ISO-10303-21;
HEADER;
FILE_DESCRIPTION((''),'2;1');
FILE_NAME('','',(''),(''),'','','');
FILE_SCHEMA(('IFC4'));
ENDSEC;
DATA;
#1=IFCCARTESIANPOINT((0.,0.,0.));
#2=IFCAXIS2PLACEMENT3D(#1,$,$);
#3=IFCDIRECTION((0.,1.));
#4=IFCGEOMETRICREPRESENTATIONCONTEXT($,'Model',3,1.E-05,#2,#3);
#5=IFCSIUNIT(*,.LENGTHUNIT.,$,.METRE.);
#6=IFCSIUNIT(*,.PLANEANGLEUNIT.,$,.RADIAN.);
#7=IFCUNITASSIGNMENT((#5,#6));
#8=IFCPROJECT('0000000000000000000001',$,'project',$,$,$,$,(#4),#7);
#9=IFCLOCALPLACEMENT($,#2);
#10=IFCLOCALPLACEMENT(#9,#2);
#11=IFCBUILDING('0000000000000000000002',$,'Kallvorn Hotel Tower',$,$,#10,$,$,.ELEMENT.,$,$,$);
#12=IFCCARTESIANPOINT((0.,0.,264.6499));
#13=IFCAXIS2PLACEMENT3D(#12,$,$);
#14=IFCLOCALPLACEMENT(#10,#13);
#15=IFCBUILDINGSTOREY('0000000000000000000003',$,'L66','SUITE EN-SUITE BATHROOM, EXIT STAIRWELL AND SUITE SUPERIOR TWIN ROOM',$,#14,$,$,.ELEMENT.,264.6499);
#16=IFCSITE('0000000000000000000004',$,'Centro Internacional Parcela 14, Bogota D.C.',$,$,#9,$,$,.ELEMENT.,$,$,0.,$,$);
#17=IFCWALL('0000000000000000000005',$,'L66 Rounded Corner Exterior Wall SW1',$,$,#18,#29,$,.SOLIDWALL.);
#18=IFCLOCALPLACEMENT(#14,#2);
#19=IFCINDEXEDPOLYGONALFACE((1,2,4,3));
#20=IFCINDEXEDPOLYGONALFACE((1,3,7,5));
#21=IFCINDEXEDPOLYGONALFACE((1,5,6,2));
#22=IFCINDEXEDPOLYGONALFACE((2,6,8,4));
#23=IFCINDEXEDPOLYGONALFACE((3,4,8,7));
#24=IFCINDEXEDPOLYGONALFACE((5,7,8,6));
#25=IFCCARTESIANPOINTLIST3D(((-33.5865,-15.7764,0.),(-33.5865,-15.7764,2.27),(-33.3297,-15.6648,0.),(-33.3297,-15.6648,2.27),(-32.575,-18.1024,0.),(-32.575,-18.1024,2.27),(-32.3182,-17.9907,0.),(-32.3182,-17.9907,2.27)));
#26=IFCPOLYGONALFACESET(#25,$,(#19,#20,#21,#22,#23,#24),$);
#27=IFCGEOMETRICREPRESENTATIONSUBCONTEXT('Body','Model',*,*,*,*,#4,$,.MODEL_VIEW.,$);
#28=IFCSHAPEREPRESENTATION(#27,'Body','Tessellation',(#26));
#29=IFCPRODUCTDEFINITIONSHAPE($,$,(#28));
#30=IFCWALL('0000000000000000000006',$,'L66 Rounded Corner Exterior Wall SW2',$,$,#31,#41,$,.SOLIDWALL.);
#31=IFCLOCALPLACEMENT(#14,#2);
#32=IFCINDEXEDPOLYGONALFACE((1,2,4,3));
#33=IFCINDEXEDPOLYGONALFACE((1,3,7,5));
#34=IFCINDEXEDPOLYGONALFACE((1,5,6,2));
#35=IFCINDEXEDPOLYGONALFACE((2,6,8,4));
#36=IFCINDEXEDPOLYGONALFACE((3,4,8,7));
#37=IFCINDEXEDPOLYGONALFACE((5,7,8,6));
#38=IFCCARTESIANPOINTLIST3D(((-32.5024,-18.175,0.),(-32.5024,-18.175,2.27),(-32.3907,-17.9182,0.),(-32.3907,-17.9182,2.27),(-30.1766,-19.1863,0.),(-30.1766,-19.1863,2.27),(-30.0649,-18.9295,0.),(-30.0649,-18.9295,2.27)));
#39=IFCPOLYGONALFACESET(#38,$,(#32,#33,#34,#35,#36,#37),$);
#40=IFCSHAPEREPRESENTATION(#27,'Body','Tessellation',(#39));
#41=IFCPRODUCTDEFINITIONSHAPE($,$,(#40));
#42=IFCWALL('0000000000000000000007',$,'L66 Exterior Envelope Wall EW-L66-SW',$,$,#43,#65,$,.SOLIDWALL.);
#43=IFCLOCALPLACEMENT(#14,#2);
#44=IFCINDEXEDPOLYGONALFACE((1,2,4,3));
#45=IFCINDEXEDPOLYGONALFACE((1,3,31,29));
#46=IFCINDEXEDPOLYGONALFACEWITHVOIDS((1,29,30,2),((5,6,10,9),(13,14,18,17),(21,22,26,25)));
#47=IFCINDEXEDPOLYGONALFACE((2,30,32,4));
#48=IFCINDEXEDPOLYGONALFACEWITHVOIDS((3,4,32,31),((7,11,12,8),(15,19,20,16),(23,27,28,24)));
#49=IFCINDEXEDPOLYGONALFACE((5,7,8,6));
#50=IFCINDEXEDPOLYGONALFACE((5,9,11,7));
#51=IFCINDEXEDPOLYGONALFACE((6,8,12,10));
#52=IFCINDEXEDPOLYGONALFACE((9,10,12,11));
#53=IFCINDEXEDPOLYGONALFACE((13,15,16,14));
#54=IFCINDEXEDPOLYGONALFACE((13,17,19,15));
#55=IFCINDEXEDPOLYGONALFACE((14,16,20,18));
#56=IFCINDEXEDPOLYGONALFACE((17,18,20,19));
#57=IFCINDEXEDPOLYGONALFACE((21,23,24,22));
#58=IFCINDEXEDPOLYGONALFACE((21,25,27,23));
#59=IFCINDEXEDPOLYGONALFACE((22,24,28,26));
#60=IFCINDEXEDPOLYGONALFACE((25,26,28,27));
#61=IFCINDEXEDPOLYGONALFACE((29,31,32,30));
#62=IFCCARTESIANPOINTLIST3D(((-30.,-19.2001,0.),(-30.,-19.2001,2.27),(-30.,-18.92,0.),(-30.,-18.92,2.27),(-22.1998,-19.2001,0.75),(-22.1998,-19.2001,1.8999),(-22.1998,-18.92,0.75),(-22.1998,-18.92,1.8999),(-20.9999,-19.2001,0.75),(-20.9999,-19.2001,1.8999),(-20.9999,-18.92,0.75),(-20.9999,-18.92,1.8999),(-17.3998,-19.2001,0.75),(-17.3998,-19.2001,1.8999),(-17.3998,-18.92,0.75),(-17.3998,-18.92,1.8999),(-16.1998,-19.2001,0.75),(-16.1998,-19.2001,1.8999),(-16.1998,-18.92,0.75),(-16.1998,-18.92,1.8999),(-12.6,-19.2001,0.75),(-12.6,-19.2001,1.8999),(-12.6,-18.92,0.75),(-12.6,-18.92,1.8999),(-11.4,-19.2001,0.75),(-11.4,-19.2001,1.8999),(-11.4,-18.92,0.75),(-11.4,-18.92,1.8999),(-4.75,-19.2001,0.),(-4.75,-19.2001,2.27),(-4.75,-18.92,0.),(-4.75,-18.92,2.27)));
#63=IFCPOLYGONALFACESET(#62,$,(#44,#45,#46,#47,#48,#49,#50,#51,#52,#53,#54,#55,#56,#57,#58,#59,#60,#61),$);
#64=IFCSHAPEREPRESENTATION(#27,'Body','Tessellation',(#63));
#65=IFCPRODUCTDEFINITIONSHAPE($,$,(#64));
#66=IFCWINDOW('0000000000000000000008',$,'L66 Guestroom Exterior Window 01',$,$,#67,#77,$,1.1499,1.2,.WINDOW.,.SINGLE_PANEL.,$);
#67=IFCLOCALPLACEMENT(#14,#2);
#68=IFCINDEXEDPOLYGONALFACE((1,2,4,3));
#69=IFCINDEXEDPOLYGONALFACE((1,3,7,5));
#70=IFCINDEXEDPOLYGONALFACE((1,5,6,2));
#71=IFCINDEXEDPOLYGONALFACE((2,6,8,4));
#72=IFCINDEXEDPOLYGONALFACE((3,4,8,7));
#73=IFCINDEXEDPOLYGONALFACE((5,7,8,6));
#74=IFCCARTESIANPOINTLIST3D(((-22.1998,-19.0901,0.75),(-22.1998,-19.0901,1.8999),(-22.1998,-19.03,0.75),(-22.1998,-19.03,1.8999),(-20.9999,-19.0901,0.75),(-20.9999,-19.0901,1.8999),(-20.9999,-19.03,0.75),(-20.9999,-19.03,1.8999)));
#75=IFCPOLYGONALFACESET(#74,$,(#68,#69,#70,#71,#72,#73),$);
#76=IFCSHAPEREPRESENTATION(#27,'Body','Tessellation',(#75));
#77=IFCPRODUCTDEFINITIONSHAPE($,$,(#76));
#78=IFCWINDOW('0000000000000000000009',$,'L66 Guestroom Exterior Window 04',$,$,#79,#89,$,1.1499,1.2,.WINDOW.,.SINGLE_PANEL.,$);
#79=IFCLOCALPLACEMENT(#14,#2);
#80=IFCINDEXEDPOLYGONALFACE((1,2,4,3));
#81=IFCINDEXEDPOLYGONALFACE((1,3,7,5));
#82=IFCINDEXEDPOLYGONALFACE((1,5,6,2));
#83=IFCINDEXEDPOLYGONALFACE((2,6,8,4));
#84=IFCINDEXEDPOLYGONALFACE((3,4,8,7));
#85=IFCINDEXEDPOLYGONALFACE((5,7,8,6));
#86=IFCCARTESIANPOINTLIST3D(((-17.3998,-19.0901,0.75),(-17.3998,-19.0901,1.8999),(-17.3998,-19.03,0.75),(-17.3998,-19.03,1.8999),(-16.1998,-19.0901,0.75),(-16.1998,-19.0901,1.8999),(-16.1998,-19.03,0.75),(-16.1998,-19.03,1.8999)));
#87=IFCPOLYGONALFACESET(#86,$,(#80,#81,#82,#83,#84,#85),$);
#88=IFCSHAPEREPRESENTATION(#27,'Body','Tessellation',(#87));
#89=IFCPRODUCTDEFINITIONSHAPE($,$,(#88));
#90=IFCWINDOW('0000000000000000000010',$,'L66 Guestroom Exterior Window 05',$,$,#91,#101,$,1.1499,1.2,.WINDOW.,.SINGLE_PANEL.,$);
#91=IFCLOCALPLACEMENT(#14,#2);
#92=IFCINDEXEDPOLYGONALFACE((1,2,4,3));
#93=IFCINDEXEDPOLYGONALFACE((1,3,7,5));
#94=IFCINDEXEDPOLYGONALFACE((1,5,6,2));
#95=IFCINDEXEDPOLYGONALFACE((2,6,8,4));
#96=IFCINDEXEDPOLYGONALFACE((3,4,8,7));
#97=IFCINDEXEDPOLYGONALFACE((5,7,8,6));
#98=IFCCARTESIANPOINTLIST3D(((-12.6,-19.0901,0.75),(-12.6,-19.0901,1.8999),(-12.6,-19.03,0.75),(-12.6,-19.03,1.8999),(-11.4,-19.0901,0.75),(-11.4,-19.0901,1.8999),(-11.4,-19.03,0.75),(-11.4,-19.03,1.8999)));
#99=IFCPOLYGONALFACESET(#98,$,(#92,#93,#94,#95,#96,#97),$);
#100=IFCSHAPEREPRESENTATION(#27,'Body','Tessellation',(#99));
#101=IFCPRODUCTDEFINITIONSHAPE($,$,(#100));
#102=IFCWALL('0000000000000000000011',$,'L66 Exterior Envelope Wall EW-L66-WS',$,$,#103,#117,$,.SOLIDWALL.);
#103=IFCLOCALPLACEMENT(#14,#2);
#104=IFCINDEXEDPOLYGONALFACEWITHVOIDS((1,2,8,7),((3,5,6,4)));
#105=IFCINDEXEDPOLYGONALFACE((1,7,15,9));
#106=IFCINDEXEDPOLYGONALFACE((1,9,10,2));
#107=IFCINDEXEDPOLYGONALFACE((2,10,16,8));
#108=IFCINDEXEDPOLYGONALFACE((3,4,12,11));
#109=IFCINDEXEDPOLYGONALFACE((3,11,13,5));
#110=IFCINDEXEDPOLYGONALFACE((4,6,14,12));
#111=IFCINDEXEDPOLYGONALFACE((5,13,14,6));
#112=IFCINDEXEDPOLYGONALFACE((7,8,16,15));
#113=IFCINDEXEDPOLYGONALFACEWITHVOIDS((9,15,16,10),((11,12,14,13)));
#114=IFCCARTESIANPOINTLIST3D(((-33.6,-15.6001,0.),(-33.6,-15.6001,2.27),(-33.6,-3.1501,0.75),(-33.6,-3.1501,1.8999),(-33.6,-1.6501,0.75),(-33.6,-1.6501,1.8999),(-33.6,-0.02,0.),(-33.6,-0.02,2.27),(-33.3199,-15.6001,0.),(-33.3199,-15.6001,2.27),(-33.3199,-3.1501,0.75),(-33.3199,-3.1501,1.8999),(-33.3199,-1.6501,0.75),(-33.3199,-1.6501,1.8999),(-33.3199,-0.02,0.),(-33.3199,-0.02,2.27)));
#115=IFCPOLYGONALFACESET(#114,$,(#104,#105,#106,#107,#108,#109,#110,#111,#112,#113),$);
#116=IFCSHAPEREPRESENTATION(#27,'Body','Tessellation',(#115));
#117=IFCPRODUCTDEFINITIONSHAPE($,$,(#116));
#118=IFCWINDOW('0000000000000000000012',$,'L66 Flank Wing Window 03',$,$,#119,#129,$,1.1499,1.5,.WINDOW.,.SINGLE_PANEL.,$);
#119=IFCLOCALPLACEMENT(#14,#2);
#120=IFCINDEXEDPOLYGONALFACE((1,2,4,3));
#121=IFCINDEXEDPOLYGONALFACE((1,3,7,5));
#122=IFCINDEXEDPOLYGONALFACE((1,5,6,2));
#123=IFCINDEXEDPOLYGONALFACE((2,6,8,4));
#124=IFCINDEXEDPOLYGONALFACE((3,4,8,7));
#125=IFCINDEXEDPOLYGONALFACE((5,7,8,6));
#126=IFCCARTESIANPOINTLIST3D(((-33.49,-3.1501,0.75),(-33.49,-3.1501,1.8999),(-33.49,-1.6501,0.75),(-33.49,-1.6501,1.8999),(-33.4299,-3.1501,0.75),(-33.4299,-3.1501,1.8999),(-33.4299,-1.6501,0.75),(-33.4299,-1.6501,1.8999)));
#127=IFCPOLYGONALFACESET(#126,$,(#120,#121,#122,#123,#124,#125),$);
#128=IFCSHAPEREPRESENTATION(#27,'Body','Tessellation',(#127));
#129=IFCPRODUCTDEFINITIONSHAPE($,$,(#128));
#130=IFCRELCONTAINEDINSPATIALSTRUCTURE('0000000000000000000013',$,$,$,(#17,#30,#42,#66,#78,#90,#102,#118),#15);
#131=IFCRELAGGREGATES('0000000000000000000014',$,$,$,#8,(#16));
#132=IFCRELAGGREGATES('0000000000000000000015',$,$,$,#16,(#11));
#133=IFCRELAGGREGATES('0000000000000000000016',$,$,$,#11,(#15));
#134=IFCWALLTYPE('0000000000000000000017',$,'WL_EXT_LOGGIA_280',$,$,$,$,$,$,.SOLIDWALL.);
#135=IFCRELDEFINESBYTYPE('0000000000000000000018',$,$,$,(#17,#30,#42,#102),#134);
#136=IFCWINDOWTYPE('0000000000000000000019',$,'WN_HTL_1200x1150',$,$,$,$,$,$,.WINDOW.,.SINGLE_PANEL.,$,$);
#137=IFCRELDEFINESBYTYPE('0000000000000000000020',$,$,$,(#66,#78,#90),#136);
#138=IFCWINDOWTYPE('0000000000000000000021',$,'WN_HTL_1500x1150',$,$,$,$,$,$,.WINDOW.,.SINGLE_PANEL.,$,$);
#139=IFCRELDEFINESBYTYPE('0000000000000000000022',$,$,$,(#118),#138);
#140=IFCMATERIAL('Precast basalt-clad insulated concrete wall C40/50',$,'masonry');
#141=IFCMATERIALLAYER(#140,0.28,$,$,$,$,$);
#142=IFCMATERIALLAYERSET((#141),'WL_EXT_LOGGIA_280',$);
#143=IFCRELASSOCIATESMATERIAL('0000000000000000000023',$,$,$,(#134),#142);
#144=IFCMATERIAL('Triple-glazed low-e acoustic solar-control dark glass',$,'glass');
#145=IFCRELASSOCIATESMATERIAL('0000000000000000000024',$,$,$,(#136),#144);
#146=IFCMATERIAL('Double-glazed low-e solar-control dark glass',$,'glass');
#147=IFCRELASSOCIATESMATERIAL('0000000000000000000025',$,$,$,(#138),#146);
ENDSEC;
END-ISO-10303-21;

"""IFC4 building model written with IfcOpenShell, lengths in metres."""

from ifc_helpers import new_model, si_unit, direction, frame, frame_2d, origin, place, context, subcontext, project, spatial, rectangle, extrude, material, layer, layer_set, type_object, element, fill, save


model = new_model("IFC4")

# Units and contexts
model_context = context("Model", 3, precision=1e-05, world=origin(), true_north=direction((0.0, 1.0)))
body_context = subcontext(model_context, "Body", "Model", "MODEL_VIEW")
ifc_project = project(units=[si_unit("LENGTHUNIT", "METRE"), si_unit("PLANEANGLEUNIT", "RADIAN")], contexts=[model_context])

# Site, building, storey
site_placement = place(None, origin())
site = spatial("IfcSite", under=ifc_project, at=site_placement, Name="Centro Internacional Parcela 14, Bogota D.C.", CompositionType="ELEMENT", RefElevation=0.0)
building_placement = place(site_placement, origin())
building = spatial("IfcBuilding", under=site, at=building_placement, Name="Kallvorn Hotel Tower", CompositionType="ELEMENT")
storey_placement = place(building_placement, frame((0.0, 0.0, 264.6499)))
storey = spatial("IfcBuildingStorey", under=building, at=storey_placement, Name="L66", Description="SUITE EN-SUITE BATHROOM, EXIT STAIRWELL AND SUITE SUPERIOR TWIN ROOM", CompositionType="ELEMENT", Elevation=264.6499)

# Walls
ifc_material_1 = material(Name="Precast basalt-clad insulated concrete wall C40/50", Category="masonry")
ifc_layer_1 = layer(ifc_material_1, 0.28)
ifc_layer_set_1 = layer_set([ifc_layer_1], Name="WL_EXT_LOGGIA_280")
wall_type = type_object("IfcWallType", Name="WL_EXT_LOGGIA_280", PredefinedType="SOLIDWALL", material=ifc_layer_set_1)
wall_1_placement = place(storey_placement, frame((-33.458, -15.7207, 0.0), z_axis=(0.0, 0.0, 1.0), x_axis=(0.398793, -0.917041, 0.0)))
element("IfcWall", 1, at=wall_1_placement, inside=storey, type_object=wall_type, Name="L66 Rounded Corner Exterior Wall SW1", PredefinedType="SOLIDWALL", context=body_context, shape_type="SweptSolid", body=[
    extrude(rectangle(XDim=2.5364, YDim=0.28, at=frame_2d((1.2681, 0.0))), origin(), (0.0, 0.0, 1.0), 2.27),
])
wall_2_placement = place(storey_placement, frame((-32.4465, -18.0466, 0.0), z_axis=(0.0, 0.0, 1.0), x_axis=(0.917061, -0.398747, 0.0)))
element("IfcWall", 2, at=wall_2_placement, inside=storey, type_object=wall_type, Name="L66 Rounded Corner Exterior Wall SW2", PredefinedType="SOLIDWALL", context=body_context, shape_type="SweptSolid", body=[
    extrude(rectangle(XDim=2.5361, YDim=0.28, at=frame_2d((1.2681, 0.0))), origin(), (0.0, 0.0, 1.0), 2.27),
])

# Wall, openings, windows
wall_3_placement = place(storey_placement, frame((-30.0, -19.0601, 0.0), z_axis=(0.0, 0.0, 1.0), x_axis=(1.0, 0.0, 0.0)))
wall_3 = element("IfcWall", 3, at=wall_3_placement, inside=storey, type_object=wall_type, Name="L66 Exterior Envelope Wall EW-L66-SW", PredefinedType="SOLIDWALL", context=body_context, shape_type="SweptSolid", body=[
    extrude(rectangle(XDim=25.25, YDim=0.28, at=frame_2d((12.625, 0.0))), origin(), (0.0, 0.0, 1.0), 2.27),
])
opening_1_placement = place(wall_3_placement, frame((7.8, 0.0, 0.75)))
opening_1 = element("IfcOpeningElement", 4, at=opening_1_placement, cuts=wall_3, PredefinedType="OPENING", context=body_context, shape_type="SweptSolid", body=[
    extrude(rectangle(XDim=1.2, YDim=1.1499, at=frame_2d((0.6001, 0.575))), frame((0.0, 0.155, 0.0), z_axis=(0.0, -1.0, 0.0), x_axis=(1.0, 0.0, 0.0)), (0.0, 0.0, 1.0), 0.3101),
])
opening_2_placement = place(wall_3_placement, frame((12.6001, 0.0, 0.75)))
opening_2 = element("IfcOpeningElement", 5, at=opening_2_placement, cuts=wall_3, PredefinedType="OPENING", context=body_context, shape_type="SweptSolid", body=[
    extrude(rectangle(XDim=1.2, YDim=1.1499, at=frame_2d((0.6001, 0.575))), frame((0.0, 0.155, 0.0), z_axis=(0.0, -1.0, 0.0), x_axis=(1.0, 0.0, 0.0)), (0.0, 0.0, 1.0), 0.3101),
])
opening_3_placement = place(wall_3_placement, frame((17.3999, 0.0, 0.75)))
opening_3 = element("IfcOpeningElement", 6, at=opening_3_placement, cuts=wall_3, PredefinedType="OPENING", context=body_context, shape_type="SweptSolid", body=[
    extrude(rectangle(XDim=1.2, YDim=1.1499, at=frame_2d((0.6001, 0.575))), frame((0.0, 0.155, 0.0), z_axis=(0.0, -1.0, 0.0), x_axis=(1.0, 0.0, 0.0)), (0.0, 0.0, 1.0), 0.3101),
])
ifc_material_2 = material(Name="Triple-glazed low-e acoustic solar-control dark glass", Category="glass")
window_type_1 = type_object("IfcWindowType", Name="WN_HTL_1200x1150", PartitioningType="SINGLE_PANEL", PredefinedType="WINDOW", material=ifc_material_2)
window_1_placement = place(opening_1_placement, origin())
window_1 = element("IfcWindow", 7, at=window_1_placement, inside=storey, type_object=window_type_1, Name="L66 Guestroom Exterior Window 01", OverallHeight=1.1499, OverallWidth=1.2, PartitioningType="SINGLE_PANEL", PredefinedType="WINDOW", context=body_context, shape_type="SweptSolid", body=[
    extrude(rectangle(XDim=1.2, YDim=1.1499, at=frame_2d((0.6001, 0.575))), frame((0.0, 0.03, 0.0), z_axis=(0.0, -1.0, 0.0), x_axis=(1.0, 0.0, 0.0)), (0.0, 0.0, 1.0), 0.0601),
])
fill(opening_1, window_1)
window_2_placement = place(opening_2_placement, origin())
window_2 = element("IfcWindow", 8, at=window_2_placement, inside=storey, type_object=window_type_1, Name="L66 Guestroom Exterior Window 04", OverallHeight=1.1499, OverallWidth=1.2, PartitioningType="SINGLE_PANEL", PredefinedType="WINDOW", context=body_context, shape_type="SweptSolid", body=[
    extrude(rectangle(XDim=1.2, YDim=1.1499, at=frame_2d((0.6001, 0.575))), frame((0.0, 0.03, 0.0), z_axis=(0.0, -1.0, 0.0), x_axis=(1.0, 0.0, 0.0)), (0.0, 0.0, 1.0), 0.0601),
])
fill(opening_2, window_2)
window_3_placement = place(opening_3_placement, origin())
window_3 = element("IfcWindow", 9, at=window_3_placement, inside=storey, type_object=window_type_1, Name="L66 Guestroom Exterior Window 05", OverallHeight=1.1499, OverallWidth=1.2, PartitioningType="SINGLE_PANEL", PredefinedType="WINDOW", context=body_context, shape_type="SweptSolid", body=[
    extrude(rectangle(XDim=1.2, YDim=1.1499, at=frame_2d((0.6001, 0.575))), frame((0.0, 0.03, 0.0), z_axis=(0.0, -1.0, 0.0), x_axis=(1.0, 0.0, 0.0)), (0.0, 0.0, 1.0), 0.0601),
])
fill(opening_3, window_3)

# Wall, opening, window
wall_4_placement = place(storey_placement, frame((-33.46, -15.6001, 0.0), z_axis=(0.0, 0.0, 1.0), x_axis=(0.0, 1.0, 0.0)))
wall_4 = element("IfcWall", 10, at=wall_4_placement, inside=storey, type_object=wall_type, Name="L66 Exterior Envelope Wall EW-L66-WS", PredefinedType="SOLIDWALL", context=body_context, shape_type="SweptSolid", body=[
    extrude(rectangle(XDim=15.5801, YDim=0.28, at=frame_2d((7.79, 0.0))), origin(), (0.0, 0.0, 1.0), 2.27),
])
opening_4_placement = place(wall_4_placement, frame((12.45, 0.0, 0.75)))
opening_4 = element("IfcOpeningElement", 11, at=opening_4_placement, cuts=wall_4, PredefinedType="OPENING", context=body_context, shape_type="SweptSolid", body=[
    extrude(rectangle(XDim=1.5, YDim=1.1499, at=frame_2d((0.75, 0.575))), frame((0.0, 0.155, 0.0), z_axis=(0.0, -1.0, 0.0), x_axis=(1.0, 0.0, 0.0)), (0.0, 0.0, 1.0), 0.3101),
])
ifc_material_3 = material(Name="Double-glazed low-e solar-control dark glass", Category="glass")
window_type_2 = type_object("IfcWindowType", Name="WN_HTL_1500x1150", PartitioningType="SINGLE_PANEL", PredefinedType="WINDOW", material=ifc_material_3)
window_4_placement = place(opening_4_placement, origin())
window_4 = element("IfcWindow", 12, at=window_4_placement, inside=storey, type_object=window_type_2, Name="L66 Flank Wing Window 03", OverallHeight=1.1499, OverallWidth=1.5, PartitioningType="SINGLE_PANEL", PredefinedType="WINDOW", context=body_context, shape_type="SweptSolid", body=[
    extrude(rectangle(XDim=1.5, YDim=1.1499, at=frame_2d((0.75, 0.575))), frame((0.0, 0.03, 0.0), z_axis=(0.0, -1.0, 0.0), x_axis=(1.0, 0.0, 0.0)), (0.0, 0.0, 1.0), 0.0601),
])
fill(opening_4, window_4)

save(model, "model.ifc")
